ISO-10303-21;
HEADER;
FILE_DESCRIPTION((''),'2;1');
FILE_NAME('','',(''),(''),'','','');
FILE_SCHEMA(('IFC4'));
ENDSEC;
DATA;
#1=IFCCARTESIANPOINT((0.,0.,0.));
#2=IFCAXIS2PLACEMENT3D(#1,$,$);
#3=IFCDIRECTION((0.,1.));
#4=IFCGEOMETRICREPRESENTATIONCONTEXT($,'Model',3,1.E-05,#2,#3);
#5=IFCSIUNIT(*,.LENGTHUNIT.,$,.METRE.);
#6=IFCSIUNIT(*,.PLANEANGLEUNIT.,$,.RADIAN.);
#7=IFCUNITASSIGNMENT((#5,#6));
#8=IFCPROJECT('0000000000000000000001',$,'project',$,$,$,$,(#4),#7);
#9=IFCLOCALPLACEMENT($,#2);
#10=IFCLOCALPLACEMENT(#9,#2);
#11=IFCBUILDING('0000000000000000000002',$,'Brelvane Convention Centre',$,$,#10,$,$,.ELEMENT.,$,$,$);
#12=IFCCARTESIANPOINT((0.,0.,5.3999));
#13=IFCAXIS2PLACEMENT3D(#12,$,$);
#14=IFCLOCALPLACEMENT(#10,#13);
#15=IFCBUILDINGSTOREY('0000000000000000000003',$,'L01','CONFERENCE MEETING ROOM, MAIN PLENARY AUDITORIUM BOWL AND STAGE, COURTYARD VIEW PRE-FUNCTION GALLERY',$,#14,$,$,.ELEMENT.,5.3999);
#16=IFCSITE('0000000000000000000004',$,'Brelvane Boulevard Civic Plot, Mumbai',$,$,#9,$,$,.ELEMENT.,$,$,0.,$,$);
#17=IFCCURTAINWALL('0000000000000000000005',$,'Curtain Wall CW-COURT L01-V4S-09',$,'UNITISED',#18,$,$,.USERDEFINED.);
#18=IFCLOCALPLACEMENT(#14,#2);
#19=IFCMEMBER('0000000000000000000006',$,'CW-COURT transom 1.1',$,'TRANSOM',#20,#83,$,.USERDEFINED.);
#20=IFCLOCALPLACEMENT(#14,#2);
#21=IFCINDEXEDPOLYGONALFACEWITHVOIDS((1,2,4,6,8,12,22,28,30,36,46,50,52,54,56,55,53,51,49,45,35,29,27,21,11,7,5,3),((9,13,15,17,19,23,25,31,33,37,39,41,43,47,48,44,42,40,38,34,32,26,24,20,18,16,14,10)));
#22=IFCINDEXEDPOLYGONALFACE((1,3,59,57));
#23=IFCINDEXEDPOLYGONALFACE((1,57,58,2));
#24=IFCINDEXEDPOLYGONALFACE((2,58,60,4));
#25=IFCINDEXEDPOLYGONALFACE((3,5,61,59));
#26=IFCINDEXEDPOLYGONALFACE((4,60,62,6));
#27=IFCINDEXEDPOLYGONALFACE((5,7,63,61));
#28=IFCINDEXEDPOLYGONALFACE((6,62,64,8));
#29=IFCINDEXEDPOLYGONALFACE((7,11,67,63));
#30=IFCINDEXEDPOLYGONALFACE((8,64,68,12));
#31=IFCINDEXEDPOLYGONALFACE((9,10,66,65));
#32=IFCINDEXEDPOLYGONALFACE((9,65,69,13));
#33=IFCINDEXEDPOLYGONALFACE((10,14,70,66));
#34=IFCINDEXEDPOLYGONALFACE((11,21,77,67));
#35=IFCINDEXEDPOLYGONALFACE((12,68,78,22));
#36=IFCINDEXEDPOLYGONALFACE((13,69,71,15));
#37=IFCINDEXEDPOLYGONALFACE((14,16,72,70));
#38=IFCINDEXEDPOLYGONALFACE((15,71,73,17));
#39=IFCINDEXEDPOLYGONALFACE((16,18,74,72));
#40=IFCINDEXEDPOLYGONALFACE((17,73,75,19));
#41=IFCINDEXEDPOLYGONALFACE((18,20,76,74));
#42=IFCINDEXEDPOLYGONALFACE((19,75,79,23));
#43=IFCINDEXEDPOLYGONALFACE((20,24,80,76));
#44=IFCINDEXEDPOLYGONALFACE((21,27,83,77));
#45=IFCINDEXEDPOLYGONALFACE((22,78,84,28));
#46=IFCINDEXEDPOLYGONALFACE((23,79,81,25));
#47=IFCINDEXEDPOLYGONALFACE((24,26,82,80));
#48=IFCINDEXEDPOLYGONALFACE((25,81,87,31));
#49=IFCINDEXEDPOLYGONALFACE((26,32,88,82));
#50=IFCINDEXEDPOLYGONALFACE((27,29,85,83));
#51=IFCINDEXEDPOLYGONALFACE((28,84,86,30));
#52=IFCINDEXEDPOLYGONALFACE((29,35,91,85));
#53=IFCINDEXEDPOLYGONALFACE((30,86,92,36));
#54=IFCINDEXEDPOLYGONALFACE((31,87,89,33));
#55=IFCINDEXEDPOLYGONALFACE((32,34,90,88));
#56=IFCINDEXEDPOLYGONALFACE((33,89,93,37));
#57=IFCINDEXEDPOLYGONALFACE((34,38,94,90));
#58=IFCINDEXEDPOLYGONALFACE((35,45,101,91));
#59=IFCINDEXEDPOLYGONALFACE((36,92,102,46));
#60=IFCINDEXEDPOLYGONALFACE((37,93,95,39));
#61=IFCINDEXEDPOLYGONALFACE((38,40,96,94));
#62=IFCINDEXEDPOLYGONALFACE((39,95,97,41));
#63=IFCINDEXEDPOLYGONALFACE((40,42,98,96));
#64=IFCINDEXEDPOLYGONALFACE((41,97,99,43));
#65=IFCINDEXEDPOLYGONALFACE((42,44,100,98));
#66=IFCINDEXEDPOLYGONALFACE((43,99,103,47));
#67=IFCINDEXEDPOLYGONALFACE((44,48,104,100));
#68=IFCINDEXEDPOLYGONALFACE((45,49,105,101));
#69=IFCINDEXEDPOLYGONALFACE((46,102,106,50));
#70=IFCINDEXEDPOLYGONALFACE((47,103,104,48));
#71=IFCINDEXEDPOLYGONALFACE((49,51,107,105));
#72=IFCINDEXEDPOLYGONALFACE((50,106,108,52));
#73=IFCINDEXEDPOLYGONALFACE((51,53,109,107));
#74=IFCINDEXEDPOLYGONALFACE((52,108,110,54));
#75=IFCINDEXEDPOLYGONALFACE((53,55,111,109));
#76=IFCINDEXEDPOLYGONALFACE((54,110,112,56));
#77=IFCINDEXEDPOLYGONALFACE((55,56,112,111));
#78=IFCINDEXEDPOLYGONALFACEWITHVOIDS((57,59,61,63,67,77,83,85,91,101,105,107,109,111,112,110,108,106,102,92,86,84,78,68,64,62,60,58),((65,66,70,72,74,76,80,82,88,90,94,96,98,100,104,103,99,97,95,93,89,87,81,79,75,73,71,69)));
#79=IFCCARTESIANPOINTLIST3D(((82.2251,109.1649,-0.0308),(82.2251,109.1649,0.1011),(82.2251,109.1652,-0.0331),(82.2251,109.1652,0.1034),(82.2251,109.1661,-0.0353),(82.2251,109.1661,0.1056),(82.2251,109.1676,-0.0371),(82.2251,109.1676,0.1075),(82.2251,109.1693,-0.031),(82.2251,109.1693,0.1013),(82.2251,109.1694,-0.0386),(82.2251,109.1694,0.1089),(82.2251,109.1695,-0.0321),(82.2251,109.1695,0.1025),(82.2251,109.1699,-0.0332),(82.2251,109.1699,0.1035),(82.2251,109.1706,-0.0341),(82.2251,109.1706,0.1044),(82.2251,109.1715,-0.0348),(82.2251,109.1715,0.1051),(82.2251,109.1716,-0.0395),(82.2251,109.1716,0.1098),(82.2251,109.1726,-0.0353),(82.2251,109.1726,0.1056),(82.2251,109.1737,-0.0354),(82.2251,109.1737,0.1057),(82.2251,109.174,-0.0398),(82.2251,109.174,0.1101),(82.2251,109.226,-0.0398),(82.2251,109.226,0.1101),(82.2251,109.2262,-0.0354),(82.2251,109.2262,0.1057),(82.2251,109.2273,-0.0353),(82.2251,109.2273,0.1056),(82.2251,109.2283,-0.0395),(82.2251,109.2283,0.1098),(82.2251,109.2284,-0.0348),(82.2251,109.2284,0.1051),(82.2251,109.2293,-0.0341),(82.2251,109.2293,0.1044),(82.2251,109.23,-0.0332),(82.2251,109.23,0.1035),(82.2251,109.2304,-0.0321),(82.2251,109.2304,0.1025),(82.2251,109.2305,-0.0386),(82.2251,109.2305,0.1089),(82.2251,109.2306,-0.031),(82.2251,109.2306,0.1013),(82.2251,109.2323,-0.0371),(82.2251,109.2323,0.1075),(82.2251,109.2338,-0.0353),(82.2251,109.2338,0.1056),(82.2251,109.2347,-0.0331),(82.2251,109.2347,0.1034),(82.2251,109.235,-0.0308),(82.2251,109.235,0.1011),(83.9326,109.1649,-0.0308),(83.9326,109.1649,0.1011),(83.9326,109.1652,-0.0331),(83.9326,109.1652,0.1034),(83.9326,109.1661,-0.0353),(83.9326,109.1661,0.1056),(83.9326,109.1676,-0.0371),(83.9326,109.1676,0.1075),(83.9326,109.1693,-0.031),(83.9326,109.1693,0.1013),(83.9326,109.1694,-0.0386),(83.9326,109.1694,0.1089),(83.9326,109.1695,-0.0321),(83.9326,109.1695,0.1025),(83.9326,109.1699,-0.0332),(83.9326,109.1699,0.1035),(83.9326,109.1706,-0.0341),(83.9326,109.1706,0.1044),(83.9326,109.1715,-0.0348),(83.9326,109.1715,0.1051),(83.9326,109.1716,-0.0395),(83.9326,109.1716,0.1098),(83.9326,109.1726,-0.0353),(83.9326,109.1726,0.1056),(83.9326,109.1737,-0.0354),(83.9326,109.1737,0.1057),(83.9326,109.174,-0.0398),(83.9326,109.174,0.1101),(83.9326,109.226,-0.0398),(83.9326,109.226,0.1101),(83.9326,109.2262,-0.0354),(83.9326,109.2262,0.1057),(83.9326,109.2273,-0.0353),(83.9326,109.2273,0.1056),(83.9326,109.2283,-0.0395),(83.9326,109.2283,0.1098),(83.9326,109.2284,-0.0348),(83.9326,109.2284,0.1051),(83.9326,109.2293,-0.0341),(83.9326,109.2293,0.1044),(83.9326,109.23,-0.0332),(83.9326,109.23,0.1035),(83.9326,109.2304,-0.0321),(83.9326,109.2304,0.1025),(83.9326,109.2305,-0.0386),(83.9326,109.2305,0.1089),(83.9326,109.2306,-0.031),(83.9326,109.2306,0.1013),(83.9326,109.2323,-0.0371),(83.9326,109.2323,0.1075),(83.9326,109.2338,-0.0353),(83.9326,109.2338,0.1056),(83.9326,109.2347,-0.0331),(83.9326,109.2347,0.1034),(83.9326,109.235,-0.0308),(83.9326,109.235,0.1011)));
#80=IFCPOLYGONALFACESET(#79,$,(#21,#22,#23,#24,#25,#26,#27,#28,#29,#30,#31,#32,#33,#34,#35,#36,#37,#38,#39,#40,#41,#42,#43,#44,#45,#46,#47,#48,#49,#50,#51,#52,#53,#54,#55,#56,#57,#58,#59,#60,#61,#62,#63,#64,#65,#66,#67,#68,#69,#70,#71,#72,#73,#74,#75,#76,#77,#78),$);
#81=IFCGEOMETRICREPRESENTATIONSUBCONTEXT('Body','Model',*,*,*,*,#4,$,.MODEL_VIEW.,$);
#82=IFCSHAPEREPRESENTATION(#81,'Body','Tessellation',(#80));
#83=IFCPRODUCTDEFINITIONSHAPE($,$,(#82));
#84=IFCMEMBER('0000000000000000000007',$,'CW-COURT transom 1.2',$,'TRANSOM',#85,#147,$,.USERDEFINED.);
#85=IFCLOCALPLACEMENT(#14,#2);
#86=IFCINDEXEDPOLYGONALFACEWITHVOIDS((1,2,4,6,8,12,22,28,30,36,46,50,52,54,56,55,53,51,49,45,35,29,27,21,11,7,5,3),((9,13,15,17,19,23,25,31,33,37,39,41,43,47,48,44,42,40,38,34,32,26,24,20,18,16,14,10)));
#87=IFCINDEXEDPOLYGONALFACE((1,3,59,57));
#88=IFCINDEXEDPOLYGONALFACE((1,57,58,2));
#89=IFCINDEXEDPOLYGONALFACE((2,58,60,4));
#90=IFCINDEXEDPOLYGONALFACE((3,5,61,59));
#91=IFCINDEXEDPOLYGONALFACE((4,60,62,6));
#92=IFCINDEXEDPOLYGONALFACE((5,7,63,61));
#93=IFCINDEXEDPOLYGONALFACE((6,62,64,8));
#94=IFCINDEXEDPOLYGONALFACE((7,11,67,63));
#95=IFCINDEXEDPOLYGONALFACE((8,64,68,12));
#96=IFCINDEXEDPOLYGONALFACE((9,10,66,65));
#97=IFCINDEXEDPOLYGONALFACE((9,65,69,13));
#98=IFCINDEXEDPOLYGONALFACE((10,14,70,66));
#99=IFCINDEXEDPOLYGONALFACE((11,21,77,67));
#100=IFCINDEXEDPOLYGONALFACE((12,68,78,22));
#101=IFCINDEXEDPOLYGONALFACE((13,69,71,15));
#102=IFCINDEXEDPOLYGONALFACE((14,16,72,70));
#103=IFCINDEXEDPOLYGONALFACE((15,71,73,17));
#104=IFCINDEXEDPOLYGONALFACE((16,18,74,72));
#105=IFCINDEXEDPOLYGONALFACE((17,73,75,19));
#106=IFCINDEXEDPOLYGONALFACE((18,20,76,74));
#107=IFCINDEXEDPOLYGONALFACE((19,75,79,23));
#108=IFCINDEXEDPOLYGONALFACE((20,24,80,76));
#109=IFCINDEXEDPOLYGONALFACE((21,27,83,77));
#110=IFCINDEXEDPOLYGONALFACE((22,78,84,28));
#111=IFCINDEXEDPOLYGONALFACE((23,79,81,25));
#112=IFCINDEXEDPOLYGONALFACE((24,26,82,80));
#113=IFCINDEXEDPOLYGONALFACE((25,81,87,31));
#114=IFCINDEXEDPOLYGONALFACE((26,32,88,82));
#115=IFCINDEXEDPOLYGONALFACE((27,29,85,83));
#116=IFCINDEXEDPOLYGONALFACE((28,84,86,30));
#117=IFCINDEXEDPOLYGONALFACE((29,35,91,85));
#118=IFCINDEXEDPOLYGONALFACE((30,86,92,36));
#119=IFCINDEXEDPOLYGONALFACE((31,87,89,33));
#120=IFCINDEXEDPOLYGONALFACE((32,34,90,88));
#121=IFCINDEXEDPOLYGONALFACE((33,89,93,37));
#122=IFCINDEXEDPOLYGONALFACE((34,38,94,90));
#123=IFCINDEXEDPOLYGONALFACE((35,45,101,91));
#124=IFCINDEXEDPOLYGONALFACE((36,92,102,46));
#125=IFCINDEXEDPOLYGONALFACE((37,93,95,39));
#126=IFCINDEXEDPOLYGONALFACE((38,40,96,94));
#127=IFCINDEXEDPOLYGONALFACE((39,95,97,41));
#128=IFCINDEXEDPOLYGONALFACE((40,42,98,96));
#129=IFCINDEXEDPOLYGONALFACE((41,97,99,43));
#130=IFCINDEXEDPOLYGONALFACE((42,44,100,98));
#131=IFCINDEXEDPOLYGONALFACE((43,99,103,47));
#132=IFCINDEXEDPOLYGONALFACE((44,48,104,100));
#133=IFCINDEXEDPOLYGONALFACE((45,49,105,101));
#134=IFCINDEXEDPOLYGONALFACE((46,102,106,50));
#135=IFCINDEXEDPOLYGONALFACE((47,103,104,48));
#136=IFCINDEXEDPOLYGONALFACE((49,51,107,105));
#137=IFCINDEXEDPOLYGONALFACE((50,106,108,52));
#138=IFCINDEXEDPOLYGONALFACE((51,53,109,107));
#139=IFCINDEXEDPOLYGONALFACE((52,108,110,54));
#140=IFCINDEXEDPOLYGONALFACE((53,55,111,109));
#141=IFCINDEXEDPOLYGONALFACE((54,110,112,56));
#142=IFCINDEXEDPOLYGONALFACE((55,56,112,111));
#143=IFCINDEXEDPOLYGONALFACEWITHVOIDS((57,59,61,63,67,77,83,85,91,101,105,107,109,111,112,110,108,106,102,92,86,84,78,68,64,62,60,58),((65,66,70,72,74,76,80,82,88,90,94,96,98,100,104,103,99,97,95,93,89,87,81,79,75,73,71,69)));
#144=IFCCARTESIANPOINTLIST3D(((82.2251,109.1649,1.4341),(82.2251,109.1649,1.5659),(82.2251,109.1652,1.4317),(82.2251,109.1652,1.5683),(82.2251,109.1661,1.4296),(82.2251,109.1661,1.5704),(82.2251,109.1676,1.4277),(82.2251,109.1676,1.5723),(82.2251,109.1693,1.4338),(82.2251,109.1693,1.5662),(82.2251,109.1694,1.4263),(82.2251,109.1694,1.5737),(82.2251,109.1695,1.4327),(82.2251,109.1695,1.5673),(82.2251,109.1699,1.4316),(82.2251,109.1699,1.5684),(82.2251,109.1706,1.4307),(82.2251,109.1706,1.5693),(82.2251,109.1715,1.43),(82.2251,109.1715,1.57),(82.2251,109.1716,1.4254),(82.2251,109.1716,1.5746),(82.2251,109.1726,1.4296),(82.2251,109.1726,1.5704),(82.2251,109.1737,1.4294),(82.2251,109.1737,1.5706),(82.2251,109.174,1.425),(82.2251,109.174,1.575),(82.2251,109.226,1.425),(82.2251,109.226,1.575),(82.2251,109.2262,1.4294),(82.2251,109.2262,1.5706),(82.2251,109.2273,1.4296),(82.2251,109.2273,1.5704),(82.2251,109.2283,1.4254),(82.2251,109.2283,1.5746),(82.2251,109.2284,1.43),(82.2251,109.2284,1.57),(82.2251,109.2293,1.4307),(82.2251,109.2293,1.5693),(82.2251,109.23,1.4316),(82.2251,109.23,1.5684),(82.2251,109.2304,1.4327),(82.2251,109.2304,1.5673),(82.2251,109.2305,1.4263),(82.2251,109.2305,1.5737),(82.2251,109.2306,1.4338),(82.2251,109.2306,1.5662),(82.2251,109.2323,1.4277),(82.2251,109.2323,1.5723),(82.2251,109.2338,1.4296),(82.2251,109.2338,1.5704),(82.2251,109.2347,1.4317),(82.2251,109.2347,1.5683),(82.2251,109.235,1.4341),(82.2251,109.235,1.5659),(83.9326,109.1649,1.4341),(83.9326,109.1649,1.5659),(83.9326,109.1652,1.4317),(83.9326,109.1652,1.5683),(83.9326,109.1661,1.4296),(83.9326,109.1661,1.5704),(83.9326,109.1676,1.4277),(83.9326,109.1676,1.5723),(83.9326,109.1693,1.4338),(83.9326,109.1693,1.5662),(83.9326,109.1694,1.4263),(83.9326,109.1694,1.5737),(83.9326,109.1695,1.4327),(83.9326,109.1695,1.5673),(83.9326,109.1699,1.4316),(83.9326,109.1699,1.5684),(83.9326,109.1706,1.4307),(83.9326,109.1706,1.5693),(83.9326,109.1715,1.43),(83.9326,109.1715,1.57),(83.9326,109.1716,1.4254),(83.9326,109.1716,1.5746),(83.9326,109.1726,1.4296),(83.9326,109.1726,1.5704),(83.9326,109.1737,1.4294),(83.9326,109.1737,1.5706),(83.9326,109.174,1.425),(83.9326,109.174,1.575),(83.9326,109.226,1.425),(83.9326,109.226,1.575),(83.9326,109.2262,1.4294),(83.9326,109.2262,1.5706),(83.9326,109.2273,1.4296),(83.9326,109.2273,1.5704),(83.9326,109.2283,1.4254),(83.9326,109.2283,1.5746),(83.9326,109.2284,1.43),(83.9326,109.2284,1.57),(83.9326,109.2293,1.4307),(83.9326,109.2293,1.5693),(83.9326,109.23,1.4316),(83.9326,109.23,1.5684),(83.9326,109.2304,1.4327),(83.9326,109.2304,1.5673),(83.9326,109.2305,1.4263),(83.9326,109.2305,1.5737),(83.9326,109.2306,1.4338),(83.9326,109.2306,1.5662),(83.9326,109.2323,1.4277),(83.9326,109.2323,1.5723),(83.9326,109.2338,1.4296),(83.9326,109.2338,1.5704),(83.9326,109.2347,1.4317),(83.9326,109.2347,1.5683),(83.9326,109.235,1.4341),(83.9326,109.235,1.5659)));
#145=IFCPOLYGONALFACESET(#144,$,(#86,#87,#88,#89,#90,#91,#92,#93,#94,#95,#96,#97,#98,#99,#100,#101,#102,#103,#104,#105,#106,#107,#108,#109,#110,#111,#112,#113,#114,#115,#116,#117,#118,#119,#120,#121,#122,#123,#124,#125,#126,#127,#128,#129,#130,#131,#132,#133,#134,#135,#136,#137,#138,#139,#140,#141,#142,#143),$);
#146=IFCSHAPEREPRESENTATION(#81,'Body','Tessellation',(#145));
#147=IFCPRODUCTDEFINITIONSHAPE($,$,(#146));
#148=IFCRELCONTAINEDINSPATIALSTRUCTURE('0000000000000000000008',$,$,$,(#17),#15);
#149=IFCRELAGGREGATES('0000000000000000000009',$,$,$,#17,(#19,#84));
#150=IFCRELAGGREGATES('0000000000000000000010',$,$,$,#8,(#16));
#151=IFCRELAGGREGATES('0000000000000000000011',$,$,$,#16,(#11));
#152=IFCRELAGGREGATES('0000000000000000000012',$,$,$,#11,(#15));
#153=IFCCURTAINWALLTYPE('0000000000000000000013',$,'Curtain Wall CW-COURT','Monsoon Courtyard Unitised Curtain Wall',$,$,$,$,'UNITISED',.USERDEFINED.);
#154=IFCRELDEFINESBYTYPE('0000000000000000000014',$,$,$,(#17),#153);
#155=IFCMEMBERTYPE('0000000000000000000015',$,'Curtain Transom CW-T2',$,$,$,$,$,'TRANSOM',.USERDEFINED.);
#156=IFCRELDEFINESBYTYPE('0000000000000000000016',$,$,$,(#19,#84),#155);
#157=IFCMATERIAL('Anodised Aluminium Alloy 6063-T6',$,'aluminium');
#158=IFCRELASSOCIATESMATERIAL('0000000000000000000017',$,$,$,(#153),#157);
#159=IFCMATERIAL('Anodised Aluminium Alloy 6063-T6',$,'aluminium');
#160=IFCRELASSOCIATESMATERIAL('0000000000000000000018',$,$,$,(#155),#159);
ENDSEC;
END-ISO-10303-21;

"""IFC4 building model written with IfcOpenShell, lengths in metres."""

from ifc_helpers import new_model, si_unit, direction, frame, origin, origin_2d, place, context, subcontext, project, spatial, hollow_rectangle, extrude, material, material_profile, profile_set, type_object, element, aggregate, save


model = new_model("IFC4")

# Units and contexts
model_context = context("Model", 3, precision=1e-05, world=origin(), true_north=direction((0.0, 1.0)))
body_context = subcontext(model_context, "Body", "Model", "MODEL_VIEW")
ifc_project = project(units=[si_unit("LENGTHUNIT", "METRE"), si_unit("PLANEANGLEUNIT", "RADIAN")], contexts=[model_context])

# Site, building, storey
site_placement = place(None, origin())
site = spatial("IfcSite", under=ifc_project, at=site_placement, Name="Brelvane Boulevard Civic Plot, Mumbai", CompositionType="ELEMENT", RefElevation=0.0)
building_placement = place(site_placement, origin())
building = spatial("IfcBuilding", under=site, at=building_placement, Name="Brelvane Convention Centre", CompositionType="ELEMENT")
storey_placement = place(building_placement, frame((0.0, 0.0, 5.3999)))
storey = spatial("IfcBuildingStorey", under=building, at=storey_placement, Name="L01", Description="CONFERENCE MEETING ROOM, MAIN PLENARY AUDITORIUM BOWL AND STAGE, COURTYARD VIEW PRE-FUNCTION GALLERY", CompositionType="ELEMENT", Elevation=5.3999)

# Curtain wall, members
ifc_material_1 = material(Name="Anodised Aluminium Alloy 6063-T6", Category="aluminium")
curtain_wall_type = type_object("IfcCurtainWallType", Name="Curtain Wall CW-COURT", Description="Monsoon Courtyard Unitised Curtain Wall", ElementType="UNITISED", PredefinedType="USERDEFINED", material=ifc_material_1)
curtain_wall_placement = place(storey_placement, origin())
curtain_wall = element("IfcCurtainWall", 1, at=curtain_wall_placement, inside=storey, type_object=curtain_wall_type, Name="Curtain Wall CW-COURT L01-V4S-09", ObjectType="UNITISED", PredefinedType="USERDEFINED")
ifc_material_2 = material(Name="Anodised Aluminium Alloy 6063-T6", Category="aluminium")
ifc_material_profile_1 = material_profile(ifc_material_2, hollow_rectangle(XDim=0.0701, YDim=0.1499, WallThickness=0.0044, InnerFilletRadius=0.0044, OuterFilletRadius=0.009, at=origin_2d()), Name="ALU-T 150x70x4.5")
ifc_profile_set_1 = profile_set([ifc_material_profile_1], Name="Anodised Aluminium Alloy 6063-T6")
member_type_1 = type_object("IfcMemberType", Name="Curtain Transom CW-T2", ElementType="TRANSOM", PredefinedType="USERDEFINED", material=ifc_profile_set_1)
member_1_placement = place(storey_placement, frame((82.2251, 109.2, 0.0352), z_axis=(1.0, 0.0, 0.0), x_axis=(0.0, 1.0, 0.0)))
member_1 = element("IfcMember", 2, at=member_1_placement, type_object=member_type_1, Name="CW-COURT transom 1.1", ObjectType="TRANSOM", PredefinedType="USERDEFINED", context=body_context, shape_type="SweptSolid", body=[
    extrude(hollow_rectangle(XDim=0.0701, YDim=0.1499, WallThickness=0.0044, InnerFilletRadius=0.0044, OuterFilletRadius=0.009, at=origin_2d()), origin(), (0.0, 0.0, 1.0), 1.7075),
])
member_2_placement = place(storey_placement, frame((82.2251, 109.2, 1.5), z_axis=(1.0, 0.0, 0.0), x_axis=(0.0, 1.0, 0.0)))
member_2 = element("IfcMember", 3, at=member_2_placement, type_object=member_type_1, Name="CW-COURT transom 1.2", ObjectType="TRANSOM", PredefinedType="USERDEFINED", context=body_context, shape_type="SweptSolid", body=[
    extrude(hollow_rectangle(XDim=0.0701, YDim=0.1499, WallThickness=0.0044, InnerFilletRadius=0.0044, OuterFilletRadius=0.009, at=origin_2d()), origin(), (0.0, 0.0, 1.0), 1.7075),
])

aggregate(curtain_wall, [member_1, member_2])

save(model, "model.ifc")
